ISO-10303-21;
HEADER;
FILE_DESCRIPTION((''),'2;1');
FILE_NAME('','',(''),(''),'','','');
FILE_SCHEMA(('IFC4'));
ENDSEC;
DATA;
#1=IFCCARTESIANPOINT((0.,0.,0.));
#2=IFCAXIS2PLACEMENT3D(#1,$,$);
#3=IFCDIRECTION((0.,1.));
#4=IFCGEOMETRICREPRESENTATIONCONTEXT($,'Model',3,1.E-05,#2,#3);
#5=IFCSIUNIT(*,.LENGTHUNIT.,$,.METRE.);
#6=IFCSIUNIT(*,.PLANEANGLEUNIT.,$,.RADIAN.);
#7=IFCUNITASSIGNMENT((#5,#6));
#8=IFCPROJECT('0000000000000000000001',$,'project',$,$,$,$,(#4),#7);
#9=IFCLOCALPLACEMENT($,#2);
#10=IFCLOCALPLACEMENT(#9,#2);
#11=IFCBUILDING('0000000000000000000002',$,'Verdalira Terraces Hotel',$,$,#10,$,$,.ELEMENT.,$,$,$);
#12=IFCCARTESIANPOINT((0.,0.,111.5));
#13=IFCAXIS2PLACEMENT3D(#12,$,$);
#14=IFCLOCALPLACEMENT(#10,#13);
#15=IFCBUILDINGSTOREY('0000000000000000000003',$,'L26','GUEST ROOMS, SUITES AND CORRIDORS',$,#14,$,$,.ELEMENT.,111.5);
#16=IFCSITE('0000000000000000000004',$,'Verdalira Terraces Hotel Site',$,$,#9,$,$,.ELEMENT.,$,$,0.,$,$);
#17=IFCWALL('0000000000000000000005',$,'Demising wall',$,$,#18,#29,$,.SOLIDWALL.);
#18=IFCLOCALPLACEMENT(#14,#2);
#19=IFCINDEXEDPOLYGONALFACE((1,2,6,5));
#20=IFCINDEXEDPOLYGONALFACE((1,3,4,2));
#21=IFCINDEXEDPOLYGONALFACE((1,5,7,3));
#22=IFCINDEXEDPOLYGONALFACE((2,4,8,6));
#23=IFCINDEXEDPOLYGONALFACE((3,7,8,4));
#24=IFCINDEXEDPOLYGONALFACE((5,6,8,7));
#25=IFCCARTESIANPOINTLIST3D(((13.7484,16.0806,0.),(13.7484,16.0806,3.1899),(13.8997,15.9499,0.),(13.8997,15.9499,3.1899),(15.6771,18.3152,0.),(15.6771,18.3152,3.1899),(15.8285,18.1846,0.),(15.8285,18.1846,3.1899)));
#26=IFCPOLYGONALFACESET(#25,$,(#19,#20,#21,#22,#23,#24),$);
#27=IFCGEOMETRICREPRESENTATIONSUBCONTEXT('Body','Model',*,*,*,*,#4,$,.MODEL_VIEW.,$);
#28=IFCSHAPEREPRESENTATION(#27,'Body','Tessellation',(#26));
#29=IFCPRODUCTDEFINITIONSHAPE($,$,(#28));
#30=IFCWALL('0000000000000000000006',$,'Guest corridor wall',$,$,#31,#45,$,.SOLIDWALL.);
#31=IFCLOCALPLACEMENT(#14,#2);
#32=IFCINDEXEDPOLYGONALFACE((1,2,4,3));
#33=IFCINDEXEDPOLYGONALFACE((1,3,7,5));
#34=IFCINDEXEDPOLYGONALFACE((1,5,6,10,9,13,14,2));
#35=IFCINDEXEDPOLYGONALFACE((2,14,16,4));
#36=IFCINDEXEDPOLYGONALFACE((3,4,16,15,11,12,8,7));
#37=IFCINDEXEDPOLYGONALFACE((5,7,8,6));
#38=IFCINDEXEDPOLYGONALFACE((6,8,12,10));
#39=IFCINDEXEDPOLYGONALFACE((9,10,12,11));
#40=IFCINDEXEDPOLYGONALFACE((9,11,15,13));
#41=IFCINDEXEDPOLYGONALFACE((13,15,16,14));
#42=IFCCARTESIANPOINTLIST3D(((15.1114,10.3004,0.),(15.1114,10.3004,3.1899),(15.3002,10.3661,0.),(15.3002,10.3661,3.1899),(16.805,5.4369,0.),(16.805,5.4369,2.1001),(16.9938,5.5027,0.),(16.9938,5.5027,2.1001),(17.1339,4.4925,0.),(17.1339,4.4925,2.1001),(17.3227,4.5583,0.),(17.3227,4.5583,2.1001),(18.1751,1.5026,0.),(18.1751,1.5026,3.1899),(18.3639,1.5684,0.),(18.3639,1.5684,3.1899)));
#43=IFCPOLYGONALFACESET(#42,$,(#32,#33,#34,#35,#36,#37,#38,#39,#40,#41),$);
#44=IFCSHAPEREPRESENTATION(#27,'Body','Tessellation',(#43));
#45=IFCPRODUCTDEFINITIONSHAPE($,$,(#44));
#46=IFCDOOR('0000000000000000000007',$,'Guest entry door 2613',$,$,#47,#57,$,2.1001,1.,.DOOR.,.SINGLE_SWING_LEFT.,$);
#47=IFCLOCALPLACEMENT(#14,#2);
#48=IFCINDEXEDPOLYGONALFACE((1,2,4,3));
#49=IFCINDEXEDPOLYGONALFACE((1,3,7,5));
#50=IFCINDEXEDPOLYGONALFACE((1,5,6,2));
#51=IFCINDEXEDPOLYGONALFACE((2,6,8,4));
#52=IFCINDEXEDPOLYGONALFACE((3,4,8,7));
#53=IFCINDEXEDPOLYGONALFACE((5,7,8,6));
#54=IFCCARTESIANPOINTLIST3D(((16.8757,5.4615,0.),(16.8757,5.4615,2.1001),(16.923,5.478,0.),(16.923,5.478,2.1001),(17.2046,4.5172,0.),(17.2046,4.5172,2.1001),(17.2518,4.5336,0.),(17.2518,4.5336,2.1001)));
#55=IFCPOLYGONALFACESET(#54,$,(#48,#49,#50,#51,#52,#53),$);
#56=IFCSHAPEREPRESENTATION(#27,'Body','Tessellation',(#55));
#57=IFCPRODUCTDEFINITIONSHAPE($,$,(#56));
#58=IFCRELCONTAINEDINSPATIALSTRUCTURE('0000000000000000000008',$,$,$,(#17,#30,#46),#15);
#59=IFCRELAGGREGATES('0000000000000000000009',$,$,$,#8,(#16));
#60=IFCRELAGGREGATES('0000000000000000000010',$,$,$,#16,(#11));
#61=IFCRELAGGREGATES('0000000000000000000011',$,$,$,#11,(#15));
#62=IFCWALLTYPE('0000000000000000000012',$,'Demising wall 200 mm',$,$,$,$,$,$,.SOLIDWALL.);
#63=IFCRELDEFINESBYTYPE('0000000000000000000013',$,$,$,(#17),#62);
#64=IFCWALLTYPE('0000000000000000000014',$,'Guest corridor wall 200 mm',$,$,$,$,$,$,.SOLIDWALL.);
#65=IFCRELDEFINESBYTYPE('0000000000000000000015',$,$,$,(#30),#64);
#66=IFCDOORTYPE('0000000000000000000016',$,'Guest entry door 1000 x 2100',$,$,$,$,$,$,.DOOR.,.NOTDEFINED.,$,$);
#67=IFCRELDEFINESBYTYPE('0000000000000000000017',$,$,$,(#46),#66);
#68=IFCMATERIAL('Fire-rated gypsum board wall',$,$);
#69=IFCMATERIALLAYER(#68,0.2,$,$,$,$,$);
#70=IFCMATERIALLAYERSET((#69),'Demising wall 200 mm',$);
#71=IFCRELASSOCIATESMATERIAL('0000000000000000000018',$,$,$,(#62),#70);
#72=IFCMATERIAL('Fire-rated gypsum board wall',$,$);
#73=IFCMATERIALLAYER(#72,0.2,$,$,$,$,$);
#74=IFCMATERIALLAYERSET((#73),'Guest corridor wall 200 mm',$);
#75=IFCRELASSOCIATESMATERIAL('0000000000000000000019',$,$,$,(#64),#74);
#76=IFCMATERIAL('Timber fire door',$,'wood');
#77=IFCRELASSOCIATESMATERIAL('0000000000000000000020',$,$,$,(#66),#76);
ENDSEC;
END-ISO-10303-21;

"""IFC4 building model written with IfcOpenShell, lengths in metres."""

from ifc_helpers import new_model, si_unit, direction, frame, frame_2d, origin, place, context, subcontext, project, spatial, rectangle, extrude, material, layer, layer_set, type_object, element, fill, save


model = new_model("IFC4")

# Units and contexts
model_context = context("Model", 3, precision=1e-05, world=origin(), true_north=direction((0.0, 1.0)))
body_context = subcontext(model_context, "Body", "Model", "MODEL_VIEW")
ifc_project = project(units=[si_unit("LENGTHUNIT", "METRE"), si_unit("PLANEANGLEUNIT", "RADIAN")], contexts=[model_context])

# Site, building, storey
site_placement = place(None, origin())
site = spatial("IfcSite", under=ifc_project, at=site_placement, Name="Verdalira Terraces Hotel Site", CompositionType="ELEMENT", RefElevation=0.0)
building_placement = place(site_placement, origin())
building = spatial("IfcBuilding", under=site, at=building_placement, Name="Verdalira Terraces Hotel", CompositionType="ELEMENT")
storey_placement = place(building_placement, frame((0.0, 0.0, 111.5)))
storey = spatial("IfcBuildingStorey", under=building, at=storey_placement, Name="L26", Description="GUEST ROOMS, SUITES AND CORRIDORS", CompositionType="ELEMENT", Elevation=111.5)

# Wall
ifc_material_1 = material(Name="Fire-rated gypsum board wall")
ifc_layer_1 = layer(ifc_material_1, 0.2)
ifc_layer_set_1 = layer_set([ifc_layer_1], Name="Demising wall 200 mm")
wall_type_1 = type_object("IfcWallType", Name="Demising wall 200 mm", PredefinedType="SOLIDWALL", material=ifc_layer_set_1)
wall_1_placement = place(storey_placement, frame((13.824, 16.0151, 0.0), z_axis=(0.0, 0.0, 1.0), x_axis=(0.653389, 0.757022, 0.0)))
element("IfcWall", 1, at=wall_1_placement, inside=storey, type_object=wall_type_1, Name="Demising wall", PredefinedType="SOLIDWALL", context=body_context, shape_type="SweptSolid", body=[
    extrude(rectangle(XDim=2.9519, YDim=0.2, at=frame_2d((1.4761, 0.0))), origin(), (0.0, 0.0, 1.0), 3.1899),
])

# Wall, opening, door
ifc_material_2 = material(Name="Fire-rated gypsum board wall")
ifc_layer_2 = layer(ifc_material_2, 0.2)
ifc_layer_set_2 = layer_set([ifc_layer_2], Name="Guest corridor wall 200 mm")
wall_type_2 = type_object("IfcWallType", Name="Guest corridor wall 200 mm", PredefinedType="SOLIDWALL", material=ifc_layer_set_2)
wall_2_placement = place(storey_placement, frame((15.2058, 10.3333, 0.0), z_axis=(0.0, 0.0, 1.0), x_axis=(0.328865, -0.944377, 0.0)))
wall_2 = element("IfcWall", 2, at=wall_2_placement, inside=storey, type_object=wall_type_2, Name="Guest corridor wall", PredefinedType="SOLIDWALL", context=body_context, shape_type="SweptSolid", body=[
    extrude(rectangle(XDim=9.3159, YDim=0.2, at=frame_2d((4.658, 0.0))), origin(), (0.0, 0.0, 1.0), 3.1899),
])
opening_1_placement = place(wall_2_placement, frame((5.1499, 0.0, 0.0)))
opening_1 = element("IfcOpeningElement", 3, at=opening_1_placement, cuts=wall_2, PredefinedType="OPENING", context=body_context, shape_type="SweptSolid", body=[
    extrude(rectangle(XDim=1.0, YDim=2.1001, at=frame_2d((0.5, 1.05))), frame((0.0, 0.1099, 0.0), z_axis=(0.0, -1.0, 0.0), x_axis=(1.0, 0.0, 0.0)), (0.0, 0.0, 1.0), 0.22),
])
ifc_material_3 = material(Name="Timber fire door", Category="wood")
door_type_1 = type_object("IfcDoorType", Name="Guest entry door 1000 x 2100", OperationType="NOTDEFINED", PredefinedType="DOOR", material=ifc_material_3)
door_1_placement = place(opening_1_placement, origin())
door_1 = element("IfcDoor", 4, at=door_1_placement, inside=storey, type_object=door_type_1, Name="Guest entry door 2613", OperationType="SINGLE_SWING_LEFT", OverallHeight=2.1001, OverallWidth=1.0, PredefinedType="DOOR", context=body_context, shape_type="SweptSolid", body=[
    extrude(rectangle(XDim=1.0, YDim=2.1001, at=frame_2d((0.5, 1.05))), frame((0.0, 0.0249, 0.0), z_axis=(0.0, -1.0, 0.0), x_axis=(1.0, 0.0, 0.0)), (0.0, 0.0, 1.0), 0.05),
])
fill(opening_1, door_1)

save(model, "model.ifc")
